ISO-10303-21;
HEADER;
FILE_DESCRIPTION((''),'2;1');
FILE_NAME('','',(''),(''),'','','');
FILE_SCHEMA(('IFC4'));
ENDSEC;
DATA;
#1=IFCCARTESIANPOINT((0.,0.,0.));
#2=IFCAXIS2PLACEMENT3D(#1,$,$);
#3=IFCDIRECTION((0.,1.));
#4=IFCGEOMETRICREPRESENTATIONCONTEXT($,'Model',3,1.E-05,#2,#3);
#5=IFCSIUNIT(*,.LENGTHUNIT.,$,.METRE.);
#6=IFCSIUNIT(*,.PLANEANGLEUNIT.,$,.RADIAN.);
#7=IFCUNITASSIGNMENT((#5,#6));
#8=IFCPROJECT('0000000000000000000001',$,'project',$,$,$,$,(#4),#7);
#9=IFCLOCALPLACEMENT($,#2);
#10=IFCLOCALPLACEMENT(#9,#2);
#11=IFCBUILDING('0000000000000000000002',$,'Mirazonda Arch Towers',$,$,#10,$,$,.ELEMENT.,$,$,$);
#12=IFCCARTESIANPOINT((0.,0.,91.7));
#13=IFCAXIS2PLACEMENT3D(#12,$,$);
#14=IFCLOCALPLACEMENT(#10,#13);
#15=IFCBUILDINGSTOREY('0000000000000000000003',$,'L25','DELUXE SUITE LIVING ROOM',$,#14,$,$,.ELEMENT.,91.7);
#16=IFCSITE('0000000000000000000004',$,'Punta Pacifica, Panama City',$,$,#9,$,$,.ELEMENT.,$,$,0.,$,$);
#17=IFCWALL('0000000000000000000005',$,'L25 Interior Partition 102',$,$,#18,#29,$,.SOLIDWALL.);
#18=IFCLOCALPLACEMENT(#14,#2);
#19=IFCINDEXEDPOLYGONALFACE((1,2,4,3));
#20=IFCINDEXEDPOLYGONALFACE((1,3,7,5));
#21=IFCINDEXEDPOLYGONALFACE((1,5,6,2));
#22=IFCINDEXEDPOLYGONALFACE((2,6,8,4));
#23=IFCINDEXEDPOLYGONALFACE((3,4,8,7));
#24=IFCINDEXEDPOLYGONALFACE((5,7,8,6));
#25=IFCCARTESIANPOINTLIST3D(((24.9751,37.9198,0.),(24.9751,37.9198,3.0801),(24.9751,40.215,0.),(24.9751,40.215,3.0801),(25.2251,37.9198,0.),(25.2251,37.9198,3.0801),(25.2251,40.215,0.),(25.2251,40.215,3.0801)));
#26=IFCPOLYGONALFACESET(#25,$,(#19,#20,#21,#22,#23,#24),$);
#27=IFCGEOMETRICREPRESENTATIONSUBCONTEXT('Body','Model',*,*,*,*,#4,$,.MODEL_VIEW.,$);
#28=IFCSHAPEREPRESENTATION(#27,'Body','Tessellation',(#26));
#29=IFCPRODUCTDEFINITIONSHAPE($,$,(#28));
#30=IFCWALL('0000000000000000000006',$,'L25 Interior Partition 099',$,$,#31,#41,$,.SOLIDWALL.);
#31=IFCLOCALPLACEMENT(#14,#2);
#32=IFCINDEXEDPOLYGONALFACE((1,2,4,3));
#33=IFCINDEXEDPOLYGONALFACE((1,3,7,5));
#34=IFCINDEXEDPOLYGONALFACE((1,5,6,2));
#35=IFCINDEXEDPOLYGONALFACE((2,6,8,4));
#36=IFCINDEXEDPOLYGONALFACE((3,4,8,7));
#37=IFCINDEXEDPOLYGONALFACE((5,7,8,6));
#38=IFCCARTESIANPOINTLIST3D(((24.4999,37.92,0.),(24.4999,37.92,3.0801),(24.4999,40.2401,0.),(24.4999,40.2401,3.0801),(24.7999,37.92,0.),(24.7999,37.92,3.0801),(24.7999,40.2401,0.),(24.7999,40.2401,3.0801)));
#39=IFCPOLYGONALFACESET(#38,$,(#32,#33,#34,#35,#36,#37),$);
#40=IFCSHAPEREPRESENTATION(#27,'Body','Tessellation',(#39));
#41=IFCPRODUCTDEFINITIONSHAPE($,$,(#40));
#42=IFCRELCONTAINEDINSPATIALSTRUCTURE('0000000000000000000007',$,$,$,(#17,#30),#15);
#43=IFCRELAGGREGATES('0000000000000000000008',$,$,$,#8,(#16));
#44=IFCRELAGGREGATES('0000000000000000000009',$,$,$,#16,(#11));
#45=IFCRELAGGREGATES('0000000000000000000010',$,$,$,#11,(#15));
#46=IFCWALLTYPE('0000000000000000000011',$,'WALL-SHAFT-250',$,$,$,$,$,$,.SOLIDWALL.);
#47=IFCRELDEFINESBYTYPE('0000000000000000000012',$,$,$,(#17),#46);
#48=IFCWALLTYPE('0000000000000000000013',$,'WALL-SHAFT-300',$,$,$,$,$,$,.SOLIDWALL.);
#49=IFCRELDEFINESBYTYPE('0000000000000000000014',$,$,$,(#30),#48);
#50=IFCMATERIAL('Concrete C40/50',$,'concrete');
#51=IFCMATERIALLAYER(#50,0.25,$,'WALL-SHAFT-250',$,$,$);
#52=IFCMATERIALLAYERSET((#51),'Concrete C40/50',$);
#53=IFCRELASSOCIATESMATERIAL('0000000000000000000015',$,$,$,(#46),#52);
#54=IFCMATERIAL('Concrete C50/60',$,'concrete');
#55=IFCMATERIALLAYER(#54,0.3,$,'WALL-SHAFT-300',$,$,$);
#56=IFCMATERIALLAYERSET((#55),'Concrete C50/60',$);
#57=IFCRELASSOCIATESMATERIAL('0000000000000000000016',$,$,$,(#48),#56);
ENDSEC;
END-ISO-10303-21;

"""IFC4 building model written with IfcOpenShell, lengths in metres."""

from ifc_helpers import new_model, si_unit, direction, frame, frame_2d, origin, place, context, subcontext, project, spatial, rectangle, extrude, material, layer, layer_set, type_object, element, save


model = new_model("IFC4")

# Units and contexts
model_context = context("Model", 3, precision=1e-05, world=origin(), true_north=direction((0.0, 1.0)))
body_context = subcontext(model_context, "Body", "Model", "MODEL_VIEW")
ifc_project = project(units=[si_unit("LENGTHUNIT", "METRE"), si_unit("PLANEANGLEUNIT", "RADIAN")], contexts=[model_context])

# Site, building, storey
site_placement = place(None, origin())
site = spatial("IfcSite", under=ifc_project, at=site_placement, Name="Punta Pacifica, Panama City", CompositionType="ELEMENT", RefElevation=0.0)
building_placement = place(site_placement, origin())
building = spatial("IfcBuilding", under=site, at=building_placement, Name="Mirazonda Arch Towers", CompositionType="ELEMENT")
storey_placement = place(building_placement, frame((0.0, 0.0, 91.7)))
storey = spatial("IfcBuildingStorey", under=building, at=storey_placement, Name="L25", Description="DELUXE SUITE LIVING ROOM", CompositionType="ELEMENT", Elevation=91.7)

# Shared definitions
ifc_material_1 = material(Name="Concrete C50/60", Category="concrete")

# Shared definitions
ifc_material_2 = material(Name="Concrete C40/50", Category="concrete")

# Walls
ifc_layer_1 = layer(ifc_material_2, 0.25, Name="WALL-SHAFT-250")
ifc_layer_set_1 = layer_set([ifc_layer_1], Name="Concrete C40/50")
wall_type_1 = type_object("IfcWallType", Name="WALL-SHAFT-250", PredefinedType="SOLIDWALL", material=ifc_layer_set_1)
wall_1_placement = place(storey_placement, frame((25.1001, 37.9199, 0.0), z_axis=(0.0, 0.0, 1.0), x_axis=(0.0, 1.0, 0.0)))
element("IfcWall", 1, at=wall_1_placement, inside=storey, type_object=wall_type_1, Name="L25 Interior Partition 102", PredefinedType="SOLIDWALL", context=body_context, shape_type="SweptSolid", body=[
    extrude(rectangle(XDim=2.2952, YDim=0.25, at=frame_2d((1.1475, 0.0))), origin(), (0.0, 0.0, 1.0), 3.0801),
])
ifc_layer_2 = layer(ifc_material_1, 0.3, Name="WALL-SHAFT-300")
ifc_layer_set_2 = layer_set([ifc_layer_2], Name="Concrete C50/60")
wall_type_2 = type_object("IfcWallType", Name="WALL-SHAFT-300", PredefinedType="SOLIDWALL", material=ifc_layer_set_2)
wall_2_placement = place(storey_placement, frame((24.6499, 37.9199, 0.0), z_axis=(0.0, 0.0, 1.0), x_axis=(0.0, 1.0, 0.0)))
element("IfcWall", 2, at=wall_2_placement, inside=storey, type_object=wall_type_2, Name="L25 Interior Partition 099", PredefinedType="SOLIDWALL", context=body_context, shape_type="SweptSolid", body=[
    extrude(rectangle(XDim=2.3201, YDim=0.3, at=frame_2d((1.1602, 0.0))), origin(), (0.0, 0.0, 1.0), 3.0801),
])

save(model, "model.ifc")
